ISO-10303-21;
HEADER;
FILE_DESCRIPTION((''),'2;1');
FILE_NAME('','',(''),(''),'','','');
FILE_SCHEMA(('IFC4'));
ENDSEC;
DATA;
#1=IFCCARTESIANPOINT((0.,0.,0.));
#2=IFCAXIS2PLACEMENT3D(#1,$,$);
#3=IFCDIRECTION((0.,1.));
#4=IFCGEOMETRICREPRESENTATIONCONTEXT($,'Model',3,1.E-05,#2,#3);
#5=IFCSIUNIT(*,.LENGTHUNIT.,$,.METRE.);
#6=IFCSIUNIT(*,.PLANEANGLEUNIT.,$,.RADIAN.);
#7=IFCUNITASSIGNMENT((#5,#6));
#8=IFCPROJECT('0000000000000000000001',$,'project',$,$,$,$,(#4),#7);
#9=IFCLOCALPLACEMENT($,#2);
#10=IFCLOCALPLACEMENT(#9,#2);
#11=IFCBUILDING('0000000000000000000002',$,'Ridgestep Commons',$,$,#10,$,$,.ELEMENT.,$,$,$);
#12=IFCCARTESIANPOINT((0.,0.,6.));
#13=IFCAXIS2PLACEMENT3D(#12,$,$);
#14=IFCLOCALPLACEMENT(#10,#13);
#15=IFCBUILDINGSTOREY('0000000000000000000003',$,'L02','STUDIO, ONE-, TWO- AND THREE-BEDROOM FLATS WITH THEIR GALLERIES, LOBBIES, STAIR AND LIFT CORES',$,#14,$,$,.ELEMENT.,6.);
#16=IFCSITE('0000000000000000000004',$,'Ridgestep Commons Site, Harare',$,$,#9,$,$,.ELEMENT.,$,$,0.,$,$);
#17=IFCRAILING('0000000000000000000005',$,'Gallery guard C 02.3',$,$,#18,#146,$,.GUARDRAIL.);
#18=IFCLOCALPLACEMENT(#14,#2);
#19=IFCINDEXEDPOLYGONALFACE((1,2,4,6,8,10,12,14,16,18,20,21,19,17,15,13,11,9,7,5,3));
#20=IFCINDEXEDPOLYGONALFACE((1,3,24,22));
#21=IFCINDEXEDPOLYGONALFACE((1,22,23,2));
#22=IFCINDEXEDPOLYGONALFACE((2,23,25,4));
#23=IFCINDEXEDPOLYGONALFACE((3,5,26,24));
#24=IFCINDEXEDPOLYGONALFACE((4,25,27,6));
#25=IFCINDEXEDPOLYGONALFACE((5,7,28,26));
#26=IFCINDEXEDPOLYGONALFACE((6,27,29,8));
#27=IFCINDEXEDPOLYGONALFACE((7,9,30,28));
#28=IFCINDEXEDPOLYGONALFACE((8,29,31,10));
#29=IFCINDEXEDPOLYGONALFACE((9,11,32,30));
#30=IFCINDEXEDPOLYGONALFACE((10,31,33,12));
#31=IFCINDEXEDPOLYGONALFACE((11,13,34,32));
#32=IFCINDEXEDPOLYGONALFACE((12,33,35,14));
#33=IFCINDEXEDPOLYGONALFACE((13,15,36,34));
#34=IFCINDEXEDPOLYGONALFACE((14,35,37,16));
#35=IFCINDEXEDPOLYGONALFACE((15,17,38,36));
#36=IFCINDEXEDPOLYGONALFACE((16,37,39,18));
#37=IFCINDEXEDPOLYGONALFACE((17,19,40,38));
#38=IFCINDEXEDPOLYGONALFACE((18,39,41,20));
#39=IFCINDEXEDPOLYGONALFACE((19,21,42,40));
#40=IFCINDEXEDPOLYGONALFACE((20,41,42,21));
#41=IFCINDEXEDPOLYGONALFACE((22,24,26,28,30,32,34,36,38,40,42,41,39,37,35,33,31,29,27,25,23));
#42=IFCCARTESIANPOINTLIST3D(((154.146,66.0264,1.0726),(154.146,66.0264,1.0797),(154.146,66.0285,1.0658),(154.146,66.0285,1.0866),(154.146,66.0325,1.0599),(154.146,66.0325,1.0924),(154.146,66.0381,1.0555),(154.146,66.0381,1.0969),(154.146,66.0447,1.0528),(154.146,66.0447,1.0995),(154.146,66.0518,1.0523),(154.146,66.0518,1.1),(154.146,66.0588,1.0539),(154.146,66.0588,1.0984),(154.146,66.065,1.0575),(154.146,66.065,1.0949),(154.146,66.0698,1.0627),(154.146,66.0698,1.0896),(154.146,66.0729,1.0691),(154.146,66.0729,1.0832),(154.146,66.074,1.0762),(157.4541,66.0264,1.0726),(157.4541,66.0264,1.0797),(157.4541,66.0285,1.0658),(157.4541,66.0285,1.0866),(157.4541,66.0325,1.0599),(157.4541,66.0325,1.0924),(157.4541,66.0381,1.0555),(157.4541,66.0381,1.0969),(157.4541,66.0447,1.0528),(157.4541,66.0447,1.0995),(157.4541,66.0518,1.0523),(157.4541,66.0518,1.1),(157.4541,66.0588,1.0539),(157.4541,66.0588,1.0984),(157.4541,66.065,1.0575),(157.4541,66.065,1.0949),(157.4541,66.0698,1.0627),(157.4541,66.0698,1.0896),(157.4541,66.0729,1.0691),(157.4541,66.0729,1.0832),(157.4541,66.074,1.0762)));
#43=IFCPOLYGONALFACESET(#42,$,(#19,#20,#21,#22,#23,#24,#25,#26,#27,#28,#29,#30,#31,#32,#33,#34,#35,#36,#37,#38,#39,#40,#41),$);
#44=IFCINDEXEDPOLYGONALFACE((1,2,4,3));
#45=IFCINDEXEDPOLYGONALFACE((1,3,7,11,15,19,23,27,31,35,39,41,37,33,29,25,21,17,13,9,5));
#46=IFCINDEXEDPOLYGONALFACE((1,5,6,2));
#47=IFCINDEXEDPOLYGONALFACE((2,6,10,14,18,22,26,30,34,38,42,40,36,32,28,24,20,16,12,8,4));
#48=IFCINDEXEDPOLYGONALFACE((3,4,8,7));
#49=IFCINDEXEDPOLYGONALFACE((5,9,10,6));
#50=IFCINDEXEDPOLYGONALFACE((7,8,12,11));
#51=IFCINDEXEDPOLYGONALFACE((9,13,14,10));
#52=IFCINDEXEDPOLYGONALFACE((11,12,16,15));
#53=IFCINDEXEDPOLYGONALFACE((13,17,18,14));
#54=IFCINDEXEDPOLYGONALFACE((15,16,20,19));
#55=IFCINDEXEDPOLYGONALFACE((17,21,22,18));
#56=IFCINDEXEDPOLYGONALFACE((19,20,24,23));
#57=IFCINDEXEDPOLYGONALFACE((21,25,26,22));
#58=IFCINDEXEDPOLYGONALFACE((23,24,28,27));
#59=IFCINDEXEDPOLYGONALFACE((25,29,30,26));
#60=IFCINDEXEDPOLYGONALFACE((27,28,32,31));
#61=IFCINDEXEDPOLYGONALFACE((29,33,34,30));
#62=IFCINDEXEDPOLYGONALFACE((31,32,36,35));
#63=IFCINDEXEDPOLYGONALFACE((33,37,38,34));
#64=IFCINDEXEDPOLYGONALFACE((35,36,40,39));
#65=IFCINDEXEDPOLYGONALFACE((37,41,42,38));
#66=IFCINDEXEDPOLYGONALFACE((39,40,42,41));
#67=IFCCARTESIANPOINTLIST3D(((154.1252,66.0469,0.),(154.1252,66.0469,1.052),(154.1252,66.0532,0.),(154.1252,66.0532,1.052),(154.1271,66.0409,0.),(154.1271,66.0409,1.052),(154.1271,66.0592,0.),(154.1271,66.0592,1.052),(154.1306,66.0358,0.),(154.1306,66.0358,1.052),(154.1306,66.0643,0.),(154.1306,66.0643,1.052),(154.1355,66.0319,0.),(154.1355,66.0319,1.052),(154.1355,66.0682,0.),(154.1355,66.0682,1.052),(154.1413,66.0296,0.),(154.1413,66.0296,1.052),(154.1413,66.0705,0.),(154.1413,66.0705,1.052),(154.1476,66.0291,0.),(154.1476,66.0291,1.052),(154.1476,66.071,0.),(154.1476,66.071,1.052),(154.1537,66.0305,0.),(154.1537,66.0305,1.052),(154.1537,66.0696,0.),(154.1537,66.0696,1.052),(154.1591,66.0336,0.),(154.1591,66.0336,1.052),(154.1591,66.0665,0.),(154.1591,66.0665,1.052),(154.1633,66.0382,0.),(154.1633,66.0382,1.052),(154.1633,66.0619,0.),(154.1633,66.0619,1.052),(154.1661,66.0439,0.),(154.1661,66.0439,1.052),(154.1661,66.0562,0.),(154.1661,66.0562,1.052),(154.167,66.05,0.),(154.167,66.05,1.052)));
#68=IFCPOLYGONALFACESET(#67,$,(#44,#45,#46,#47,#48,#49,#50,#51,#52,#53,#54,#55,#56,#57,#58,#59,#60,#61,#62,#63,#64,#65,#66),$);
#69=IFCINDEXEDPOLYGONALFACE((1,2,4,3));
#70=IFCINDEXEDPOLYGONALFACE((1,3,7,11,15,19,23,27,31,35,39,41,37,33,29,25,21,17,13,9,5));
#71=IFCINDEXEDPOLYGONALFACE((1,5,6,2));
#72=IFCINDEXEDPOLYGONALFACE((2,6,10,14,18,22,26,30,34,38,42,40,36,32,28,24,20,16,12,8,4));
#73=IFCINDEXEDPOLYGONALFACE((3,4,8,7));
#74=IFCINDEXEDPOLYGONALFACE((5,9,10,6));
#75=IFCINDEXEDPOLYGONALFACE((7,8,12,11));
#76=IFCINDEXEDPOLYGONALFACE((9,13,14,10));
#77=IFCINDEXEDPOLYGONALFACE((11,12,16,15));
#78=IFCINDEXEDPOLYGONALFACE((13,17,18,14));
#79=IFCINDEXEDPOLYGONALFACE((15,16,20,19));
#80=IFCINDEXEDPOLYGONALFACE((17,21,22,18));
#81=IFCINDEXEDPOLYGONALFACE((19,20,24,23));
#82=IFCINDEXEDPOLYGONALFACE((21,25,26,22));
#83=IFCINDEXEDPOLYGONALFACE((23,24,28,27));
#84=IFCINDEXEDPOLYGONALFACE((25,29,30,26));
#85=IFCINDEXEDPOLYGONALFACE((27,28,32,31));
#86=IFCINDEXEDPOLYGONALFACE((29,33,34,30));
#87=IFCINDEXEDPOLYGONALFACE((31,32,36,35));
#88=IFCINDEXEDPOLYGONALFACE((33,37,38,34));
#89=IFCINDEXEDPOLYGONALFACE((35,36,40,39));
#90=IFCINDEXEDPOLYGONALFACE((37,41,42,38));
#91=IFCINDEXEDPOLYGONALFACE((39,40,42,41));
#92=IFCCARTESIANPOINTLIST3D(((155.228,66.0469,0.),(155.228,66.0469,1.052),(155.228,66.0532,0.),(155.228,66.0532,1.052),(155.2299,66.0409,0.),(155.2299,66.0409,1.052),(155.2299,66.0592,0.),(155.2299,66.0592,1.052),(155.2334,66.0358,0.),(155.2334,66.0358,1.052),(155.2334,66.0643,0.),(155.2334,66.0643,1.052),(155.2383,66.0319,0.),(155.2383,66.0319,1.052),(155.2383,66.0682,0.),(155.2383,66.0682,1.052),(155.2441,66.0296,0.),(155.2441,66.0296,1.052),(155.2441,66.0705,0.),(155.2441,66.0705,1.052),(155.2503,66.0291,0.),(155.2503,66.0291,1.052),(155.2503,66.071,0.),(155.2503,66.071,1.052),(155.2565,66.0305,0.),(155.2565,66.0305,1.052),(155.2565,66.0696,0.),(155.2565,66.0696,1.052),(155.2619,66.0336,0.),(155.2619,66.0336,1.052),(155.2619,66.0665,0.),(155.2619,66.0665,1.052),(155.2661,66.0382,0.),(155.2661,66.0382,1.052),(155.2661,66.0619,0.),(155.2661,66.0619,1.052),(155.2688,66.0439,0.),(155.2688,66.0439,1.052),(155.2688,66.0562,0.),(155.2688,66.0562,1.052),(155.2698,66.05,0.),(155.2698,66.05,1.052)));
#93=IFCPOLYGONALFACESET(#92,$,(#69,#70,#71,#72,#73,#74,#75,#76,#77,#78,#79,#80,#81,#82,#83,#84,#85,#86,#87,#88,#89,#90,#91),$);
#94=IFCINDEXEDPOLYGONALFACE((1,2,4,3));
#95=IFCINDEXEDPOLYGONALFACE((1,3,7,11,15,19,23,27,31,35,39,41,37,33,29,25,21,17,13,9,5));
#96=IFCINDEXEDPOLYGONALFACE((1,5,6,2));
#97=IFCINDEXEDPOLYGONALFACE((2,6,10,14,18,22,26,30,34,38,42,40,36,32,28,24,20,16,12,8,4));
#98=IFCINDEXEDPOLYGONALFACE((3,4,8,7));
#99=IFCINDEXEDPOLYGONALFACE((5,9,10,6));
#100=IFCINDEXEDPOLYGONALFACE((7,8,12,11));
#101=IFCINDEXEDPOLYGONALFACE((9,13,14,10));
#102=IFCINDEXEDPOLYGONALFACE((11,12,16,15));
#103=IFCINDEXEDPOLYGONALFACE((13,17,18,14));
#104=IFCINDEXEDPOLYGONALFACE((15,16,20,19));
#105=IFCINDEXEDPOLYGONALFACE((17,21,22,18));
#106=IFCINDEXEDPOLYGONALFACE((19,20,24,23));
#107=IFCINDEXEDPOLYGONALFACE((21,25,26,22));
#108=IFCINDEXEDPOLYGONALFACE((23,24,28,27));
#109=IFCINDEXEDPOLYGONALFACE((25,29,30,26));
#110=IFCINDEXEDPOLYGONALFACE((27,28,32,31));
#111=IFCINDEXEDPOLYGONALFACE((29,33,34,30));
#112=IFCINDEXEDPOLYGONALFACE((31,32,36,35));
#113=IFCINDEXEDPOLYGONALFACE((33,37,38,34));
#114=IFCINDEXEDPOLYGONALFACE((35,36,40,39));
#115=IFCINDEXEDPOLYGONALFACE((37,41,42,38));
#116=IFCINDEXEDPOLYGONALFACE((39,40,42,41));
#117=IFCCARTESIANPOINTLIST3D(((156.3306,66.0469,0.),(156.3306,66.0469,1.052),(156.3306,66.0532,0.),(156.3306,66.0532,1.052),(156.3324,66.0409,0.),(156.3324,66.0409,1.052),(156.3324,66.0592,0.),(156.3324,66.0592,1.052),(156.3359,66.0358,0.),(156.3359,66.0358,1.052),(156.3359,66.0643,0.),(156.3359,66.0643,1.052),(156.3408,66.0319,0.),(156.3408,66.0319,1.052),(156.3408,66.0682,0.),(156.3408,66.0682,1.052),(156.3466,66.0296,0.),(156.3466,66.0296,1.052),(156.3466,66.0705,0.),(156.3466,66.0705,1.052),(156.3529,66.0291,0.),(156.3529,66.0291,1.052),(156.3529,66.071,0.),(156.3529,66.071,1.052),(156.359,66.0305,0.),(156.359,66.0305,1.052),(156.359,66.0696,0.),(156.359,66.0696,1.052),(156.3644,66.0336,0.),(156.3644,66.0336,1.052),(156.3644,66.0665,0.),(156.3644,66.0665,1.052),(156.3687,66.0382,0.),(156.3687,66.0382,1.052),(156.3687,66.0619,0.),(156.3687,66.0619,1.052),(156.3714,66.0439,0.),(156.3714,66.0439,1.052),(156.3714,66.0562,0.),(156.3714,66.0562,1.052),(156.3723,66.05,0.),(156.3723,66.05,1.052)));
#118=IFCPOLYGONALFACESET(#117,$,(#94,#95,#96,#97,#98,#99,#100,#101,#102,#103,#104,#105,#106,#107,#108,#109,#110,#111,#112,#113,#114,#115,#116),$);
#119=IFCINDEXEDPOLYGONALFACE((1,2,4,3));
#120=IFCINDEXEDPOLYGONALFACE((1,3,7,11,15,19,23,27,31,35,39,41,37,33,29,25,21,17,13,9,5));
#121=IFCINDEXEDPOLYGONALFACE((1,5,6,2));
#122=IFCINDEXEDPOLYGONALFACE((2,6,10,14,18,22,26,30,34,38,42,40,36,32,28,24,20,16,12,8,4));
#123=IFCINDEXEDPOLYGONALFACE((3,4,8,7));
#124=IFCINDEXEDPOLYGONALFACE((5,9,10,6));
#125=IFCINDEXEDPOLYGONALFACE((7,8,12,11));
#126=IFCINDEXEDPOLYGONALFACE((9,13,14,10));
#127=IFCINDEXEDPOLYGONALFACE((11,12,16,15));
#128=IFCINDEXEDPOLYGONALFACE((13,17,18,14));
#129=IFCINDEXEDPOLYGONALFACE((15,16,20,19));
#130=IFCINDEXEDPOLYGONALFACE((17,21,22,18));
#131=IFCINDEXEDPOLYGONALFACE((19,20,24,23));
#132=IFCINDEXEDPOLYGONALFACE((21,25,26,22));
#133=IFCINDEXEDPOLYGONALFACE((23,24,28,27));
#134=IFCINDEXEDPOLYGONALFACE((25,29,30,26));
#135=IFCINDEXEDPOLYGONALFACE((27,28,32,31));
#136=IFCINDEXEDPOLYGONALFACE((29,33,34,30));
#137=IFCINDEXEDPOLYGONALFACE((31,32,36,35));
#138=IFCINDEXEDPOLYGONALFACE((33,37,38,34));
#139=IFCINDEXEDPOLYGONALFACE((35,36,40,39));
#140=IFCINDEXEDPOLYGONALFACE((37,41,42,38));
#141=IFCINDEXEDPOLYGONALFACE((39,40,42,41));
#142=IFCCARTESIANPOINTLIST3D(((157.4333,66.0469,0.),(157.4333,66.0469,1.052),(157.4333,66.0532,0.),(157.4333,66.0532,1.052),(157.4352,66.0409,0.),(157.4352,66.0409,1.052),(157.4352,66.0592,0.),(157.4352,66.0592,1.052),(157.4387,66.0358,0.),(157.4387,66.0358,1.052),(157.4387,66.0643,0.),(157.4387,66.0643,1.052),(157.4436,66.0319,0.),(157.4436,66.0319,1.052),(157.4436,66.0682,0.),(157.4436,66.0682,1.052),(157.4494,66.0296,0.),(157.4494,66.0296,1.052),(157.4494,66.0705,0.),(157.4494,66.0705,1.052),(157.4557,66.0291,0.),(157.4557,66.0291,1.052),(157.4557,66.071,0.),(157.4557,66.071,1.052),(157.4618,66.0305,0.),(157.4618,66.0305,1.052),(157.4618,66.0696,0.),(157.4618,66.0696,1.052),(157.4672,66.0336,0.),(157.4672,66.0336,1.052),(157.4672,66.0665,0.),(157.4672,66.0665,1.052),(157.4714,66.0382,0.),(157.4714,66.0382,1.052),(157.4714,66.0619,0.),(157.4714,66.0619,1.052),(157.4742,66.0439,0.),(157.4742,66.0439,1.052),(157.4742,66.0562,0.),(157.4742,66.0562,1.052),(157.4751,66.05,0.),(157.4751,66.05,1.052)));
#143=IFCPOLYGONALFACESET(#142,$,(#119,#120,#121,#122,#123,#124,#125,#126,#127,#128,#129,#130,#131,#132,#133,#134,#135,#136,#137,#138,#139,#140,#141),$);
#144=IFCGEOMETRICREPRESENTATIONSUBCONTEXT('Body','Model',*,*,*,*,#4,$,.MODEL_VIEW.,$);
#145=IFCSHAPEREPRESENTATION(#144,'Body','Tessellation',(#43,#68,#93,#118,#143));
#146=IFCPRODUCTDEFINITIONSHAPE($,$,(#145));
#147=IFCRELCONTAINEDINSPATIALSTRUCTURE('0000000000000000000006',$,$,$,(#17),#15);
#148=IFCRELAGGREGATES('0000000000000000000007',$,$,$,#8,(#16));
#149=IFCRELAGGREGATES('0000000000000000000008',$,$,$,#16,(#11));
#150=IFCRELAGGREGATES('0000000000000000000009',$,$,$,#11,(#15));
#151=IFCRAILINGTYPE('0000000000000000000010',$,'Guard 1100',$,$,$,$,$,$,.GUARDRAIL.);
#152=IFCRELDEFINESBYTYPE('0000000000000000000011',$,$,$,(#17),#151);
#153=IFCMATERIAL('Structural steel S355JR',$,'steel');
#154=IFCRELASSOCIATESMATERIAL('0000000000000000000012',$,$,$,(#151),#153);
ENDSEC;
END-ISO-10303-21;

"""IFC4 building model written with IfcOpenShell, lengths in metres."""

from ifc_helpers import new_model, si_unit, direction, frame, origin, origin_2d, place, context, subcontext, project, spatial, circle, extrude, material, type_object, element, save


model = new_model("IFC4")

# Units and contexts
model_context = context("Model", 3, precision=1e-05, world=origin(), true_north=direction((0.0, 1.0)))
body_context = subcontext(model_context, "Body", "Model", "MODEL_VIEW")
ifc_project = project(units=[si_unit("LENGTHUNIT", "METRE"), si_unit("PLANEANGLEUNIT", "RADIAN")], contexts=[model_context])

# Site, building, storey
site_placement = place(None, origin())
site = spatial("IfcSite", under=ifc_project, at=site_placement, Name="Ridgestep Commons Site, Harare", CompositionType="ELEMENT", RefElevation=0.0)
building_placement = place(site_placement, origin())
building = spatial("IfcBuilding", under=site, at=building_placement, Name="Ridgestep Commons", CompositionType="ELEMENT")
storey_placement = place(building_placement, frame((0.0, 0.0, 6.0)))
storey = spatial("IfcBuildingStorey", under=building, at=storey_placement, Name="L02", Description="STUDIO, ONE-, TWO- AND THREE-BEDROOM FLATS WITH THEIR GALLERIES, LOBBIES, STAIR AND LIFT CORES", CompositionType="ELEMENT", Elevation=6.0)

# Railing
ifc_material_1 = material(Name="Structural steel S355JR", Category="steel")
railing_type = type_object("IfcRailingType", Name="Guard 1100", PredefinedType="GUARDRAIL", material=ifc_material_1)
for number, where, name in (
    (1, (154.146, 66.05, 0.0), "Gallery guard C 02.3"),
):
    element("IfcRailing", number, at=place(storey_placement, frame(where)), inside=storey, type_object=railing_type, Name=name, PredefinedType="GUARDRAIL", context=body_context, shape_type="SweptSolid", body=[
        extrude(circle(Radius=0.0239, at=origin_2d()), frame((0.0, 0.0, 1.0762), z_axis=(1.0, 0.0, 0.0), x_axis=(0.0, 1.0, 0.0)), (0.0, 0.0, 1.0), 3.3081),
        extrude(circle(Radius=0.021, at=origin_2d()), origin(), (0.0, 0.0, 1.0), 1.052),
        extrude(circle(Radius=0.021, at=origin_2d()), frame((1.1028, 0.0, 0.0)), (0.0, 0.0, 1.0), 1.052),
        extrude(circle(Radius=0.021, at=origin_2d()), frame((2.2053, 0.0, 0.0)), (0.0, 0.0, 1.0), 1.052),
        extrude(circle(Radius=0.021, at=origin_2d()), frame((3.3081, 0.0, 0.0)), (0.0, 0.0, 1.0), 1.052),
    ])

save(model, "model.ifc")
